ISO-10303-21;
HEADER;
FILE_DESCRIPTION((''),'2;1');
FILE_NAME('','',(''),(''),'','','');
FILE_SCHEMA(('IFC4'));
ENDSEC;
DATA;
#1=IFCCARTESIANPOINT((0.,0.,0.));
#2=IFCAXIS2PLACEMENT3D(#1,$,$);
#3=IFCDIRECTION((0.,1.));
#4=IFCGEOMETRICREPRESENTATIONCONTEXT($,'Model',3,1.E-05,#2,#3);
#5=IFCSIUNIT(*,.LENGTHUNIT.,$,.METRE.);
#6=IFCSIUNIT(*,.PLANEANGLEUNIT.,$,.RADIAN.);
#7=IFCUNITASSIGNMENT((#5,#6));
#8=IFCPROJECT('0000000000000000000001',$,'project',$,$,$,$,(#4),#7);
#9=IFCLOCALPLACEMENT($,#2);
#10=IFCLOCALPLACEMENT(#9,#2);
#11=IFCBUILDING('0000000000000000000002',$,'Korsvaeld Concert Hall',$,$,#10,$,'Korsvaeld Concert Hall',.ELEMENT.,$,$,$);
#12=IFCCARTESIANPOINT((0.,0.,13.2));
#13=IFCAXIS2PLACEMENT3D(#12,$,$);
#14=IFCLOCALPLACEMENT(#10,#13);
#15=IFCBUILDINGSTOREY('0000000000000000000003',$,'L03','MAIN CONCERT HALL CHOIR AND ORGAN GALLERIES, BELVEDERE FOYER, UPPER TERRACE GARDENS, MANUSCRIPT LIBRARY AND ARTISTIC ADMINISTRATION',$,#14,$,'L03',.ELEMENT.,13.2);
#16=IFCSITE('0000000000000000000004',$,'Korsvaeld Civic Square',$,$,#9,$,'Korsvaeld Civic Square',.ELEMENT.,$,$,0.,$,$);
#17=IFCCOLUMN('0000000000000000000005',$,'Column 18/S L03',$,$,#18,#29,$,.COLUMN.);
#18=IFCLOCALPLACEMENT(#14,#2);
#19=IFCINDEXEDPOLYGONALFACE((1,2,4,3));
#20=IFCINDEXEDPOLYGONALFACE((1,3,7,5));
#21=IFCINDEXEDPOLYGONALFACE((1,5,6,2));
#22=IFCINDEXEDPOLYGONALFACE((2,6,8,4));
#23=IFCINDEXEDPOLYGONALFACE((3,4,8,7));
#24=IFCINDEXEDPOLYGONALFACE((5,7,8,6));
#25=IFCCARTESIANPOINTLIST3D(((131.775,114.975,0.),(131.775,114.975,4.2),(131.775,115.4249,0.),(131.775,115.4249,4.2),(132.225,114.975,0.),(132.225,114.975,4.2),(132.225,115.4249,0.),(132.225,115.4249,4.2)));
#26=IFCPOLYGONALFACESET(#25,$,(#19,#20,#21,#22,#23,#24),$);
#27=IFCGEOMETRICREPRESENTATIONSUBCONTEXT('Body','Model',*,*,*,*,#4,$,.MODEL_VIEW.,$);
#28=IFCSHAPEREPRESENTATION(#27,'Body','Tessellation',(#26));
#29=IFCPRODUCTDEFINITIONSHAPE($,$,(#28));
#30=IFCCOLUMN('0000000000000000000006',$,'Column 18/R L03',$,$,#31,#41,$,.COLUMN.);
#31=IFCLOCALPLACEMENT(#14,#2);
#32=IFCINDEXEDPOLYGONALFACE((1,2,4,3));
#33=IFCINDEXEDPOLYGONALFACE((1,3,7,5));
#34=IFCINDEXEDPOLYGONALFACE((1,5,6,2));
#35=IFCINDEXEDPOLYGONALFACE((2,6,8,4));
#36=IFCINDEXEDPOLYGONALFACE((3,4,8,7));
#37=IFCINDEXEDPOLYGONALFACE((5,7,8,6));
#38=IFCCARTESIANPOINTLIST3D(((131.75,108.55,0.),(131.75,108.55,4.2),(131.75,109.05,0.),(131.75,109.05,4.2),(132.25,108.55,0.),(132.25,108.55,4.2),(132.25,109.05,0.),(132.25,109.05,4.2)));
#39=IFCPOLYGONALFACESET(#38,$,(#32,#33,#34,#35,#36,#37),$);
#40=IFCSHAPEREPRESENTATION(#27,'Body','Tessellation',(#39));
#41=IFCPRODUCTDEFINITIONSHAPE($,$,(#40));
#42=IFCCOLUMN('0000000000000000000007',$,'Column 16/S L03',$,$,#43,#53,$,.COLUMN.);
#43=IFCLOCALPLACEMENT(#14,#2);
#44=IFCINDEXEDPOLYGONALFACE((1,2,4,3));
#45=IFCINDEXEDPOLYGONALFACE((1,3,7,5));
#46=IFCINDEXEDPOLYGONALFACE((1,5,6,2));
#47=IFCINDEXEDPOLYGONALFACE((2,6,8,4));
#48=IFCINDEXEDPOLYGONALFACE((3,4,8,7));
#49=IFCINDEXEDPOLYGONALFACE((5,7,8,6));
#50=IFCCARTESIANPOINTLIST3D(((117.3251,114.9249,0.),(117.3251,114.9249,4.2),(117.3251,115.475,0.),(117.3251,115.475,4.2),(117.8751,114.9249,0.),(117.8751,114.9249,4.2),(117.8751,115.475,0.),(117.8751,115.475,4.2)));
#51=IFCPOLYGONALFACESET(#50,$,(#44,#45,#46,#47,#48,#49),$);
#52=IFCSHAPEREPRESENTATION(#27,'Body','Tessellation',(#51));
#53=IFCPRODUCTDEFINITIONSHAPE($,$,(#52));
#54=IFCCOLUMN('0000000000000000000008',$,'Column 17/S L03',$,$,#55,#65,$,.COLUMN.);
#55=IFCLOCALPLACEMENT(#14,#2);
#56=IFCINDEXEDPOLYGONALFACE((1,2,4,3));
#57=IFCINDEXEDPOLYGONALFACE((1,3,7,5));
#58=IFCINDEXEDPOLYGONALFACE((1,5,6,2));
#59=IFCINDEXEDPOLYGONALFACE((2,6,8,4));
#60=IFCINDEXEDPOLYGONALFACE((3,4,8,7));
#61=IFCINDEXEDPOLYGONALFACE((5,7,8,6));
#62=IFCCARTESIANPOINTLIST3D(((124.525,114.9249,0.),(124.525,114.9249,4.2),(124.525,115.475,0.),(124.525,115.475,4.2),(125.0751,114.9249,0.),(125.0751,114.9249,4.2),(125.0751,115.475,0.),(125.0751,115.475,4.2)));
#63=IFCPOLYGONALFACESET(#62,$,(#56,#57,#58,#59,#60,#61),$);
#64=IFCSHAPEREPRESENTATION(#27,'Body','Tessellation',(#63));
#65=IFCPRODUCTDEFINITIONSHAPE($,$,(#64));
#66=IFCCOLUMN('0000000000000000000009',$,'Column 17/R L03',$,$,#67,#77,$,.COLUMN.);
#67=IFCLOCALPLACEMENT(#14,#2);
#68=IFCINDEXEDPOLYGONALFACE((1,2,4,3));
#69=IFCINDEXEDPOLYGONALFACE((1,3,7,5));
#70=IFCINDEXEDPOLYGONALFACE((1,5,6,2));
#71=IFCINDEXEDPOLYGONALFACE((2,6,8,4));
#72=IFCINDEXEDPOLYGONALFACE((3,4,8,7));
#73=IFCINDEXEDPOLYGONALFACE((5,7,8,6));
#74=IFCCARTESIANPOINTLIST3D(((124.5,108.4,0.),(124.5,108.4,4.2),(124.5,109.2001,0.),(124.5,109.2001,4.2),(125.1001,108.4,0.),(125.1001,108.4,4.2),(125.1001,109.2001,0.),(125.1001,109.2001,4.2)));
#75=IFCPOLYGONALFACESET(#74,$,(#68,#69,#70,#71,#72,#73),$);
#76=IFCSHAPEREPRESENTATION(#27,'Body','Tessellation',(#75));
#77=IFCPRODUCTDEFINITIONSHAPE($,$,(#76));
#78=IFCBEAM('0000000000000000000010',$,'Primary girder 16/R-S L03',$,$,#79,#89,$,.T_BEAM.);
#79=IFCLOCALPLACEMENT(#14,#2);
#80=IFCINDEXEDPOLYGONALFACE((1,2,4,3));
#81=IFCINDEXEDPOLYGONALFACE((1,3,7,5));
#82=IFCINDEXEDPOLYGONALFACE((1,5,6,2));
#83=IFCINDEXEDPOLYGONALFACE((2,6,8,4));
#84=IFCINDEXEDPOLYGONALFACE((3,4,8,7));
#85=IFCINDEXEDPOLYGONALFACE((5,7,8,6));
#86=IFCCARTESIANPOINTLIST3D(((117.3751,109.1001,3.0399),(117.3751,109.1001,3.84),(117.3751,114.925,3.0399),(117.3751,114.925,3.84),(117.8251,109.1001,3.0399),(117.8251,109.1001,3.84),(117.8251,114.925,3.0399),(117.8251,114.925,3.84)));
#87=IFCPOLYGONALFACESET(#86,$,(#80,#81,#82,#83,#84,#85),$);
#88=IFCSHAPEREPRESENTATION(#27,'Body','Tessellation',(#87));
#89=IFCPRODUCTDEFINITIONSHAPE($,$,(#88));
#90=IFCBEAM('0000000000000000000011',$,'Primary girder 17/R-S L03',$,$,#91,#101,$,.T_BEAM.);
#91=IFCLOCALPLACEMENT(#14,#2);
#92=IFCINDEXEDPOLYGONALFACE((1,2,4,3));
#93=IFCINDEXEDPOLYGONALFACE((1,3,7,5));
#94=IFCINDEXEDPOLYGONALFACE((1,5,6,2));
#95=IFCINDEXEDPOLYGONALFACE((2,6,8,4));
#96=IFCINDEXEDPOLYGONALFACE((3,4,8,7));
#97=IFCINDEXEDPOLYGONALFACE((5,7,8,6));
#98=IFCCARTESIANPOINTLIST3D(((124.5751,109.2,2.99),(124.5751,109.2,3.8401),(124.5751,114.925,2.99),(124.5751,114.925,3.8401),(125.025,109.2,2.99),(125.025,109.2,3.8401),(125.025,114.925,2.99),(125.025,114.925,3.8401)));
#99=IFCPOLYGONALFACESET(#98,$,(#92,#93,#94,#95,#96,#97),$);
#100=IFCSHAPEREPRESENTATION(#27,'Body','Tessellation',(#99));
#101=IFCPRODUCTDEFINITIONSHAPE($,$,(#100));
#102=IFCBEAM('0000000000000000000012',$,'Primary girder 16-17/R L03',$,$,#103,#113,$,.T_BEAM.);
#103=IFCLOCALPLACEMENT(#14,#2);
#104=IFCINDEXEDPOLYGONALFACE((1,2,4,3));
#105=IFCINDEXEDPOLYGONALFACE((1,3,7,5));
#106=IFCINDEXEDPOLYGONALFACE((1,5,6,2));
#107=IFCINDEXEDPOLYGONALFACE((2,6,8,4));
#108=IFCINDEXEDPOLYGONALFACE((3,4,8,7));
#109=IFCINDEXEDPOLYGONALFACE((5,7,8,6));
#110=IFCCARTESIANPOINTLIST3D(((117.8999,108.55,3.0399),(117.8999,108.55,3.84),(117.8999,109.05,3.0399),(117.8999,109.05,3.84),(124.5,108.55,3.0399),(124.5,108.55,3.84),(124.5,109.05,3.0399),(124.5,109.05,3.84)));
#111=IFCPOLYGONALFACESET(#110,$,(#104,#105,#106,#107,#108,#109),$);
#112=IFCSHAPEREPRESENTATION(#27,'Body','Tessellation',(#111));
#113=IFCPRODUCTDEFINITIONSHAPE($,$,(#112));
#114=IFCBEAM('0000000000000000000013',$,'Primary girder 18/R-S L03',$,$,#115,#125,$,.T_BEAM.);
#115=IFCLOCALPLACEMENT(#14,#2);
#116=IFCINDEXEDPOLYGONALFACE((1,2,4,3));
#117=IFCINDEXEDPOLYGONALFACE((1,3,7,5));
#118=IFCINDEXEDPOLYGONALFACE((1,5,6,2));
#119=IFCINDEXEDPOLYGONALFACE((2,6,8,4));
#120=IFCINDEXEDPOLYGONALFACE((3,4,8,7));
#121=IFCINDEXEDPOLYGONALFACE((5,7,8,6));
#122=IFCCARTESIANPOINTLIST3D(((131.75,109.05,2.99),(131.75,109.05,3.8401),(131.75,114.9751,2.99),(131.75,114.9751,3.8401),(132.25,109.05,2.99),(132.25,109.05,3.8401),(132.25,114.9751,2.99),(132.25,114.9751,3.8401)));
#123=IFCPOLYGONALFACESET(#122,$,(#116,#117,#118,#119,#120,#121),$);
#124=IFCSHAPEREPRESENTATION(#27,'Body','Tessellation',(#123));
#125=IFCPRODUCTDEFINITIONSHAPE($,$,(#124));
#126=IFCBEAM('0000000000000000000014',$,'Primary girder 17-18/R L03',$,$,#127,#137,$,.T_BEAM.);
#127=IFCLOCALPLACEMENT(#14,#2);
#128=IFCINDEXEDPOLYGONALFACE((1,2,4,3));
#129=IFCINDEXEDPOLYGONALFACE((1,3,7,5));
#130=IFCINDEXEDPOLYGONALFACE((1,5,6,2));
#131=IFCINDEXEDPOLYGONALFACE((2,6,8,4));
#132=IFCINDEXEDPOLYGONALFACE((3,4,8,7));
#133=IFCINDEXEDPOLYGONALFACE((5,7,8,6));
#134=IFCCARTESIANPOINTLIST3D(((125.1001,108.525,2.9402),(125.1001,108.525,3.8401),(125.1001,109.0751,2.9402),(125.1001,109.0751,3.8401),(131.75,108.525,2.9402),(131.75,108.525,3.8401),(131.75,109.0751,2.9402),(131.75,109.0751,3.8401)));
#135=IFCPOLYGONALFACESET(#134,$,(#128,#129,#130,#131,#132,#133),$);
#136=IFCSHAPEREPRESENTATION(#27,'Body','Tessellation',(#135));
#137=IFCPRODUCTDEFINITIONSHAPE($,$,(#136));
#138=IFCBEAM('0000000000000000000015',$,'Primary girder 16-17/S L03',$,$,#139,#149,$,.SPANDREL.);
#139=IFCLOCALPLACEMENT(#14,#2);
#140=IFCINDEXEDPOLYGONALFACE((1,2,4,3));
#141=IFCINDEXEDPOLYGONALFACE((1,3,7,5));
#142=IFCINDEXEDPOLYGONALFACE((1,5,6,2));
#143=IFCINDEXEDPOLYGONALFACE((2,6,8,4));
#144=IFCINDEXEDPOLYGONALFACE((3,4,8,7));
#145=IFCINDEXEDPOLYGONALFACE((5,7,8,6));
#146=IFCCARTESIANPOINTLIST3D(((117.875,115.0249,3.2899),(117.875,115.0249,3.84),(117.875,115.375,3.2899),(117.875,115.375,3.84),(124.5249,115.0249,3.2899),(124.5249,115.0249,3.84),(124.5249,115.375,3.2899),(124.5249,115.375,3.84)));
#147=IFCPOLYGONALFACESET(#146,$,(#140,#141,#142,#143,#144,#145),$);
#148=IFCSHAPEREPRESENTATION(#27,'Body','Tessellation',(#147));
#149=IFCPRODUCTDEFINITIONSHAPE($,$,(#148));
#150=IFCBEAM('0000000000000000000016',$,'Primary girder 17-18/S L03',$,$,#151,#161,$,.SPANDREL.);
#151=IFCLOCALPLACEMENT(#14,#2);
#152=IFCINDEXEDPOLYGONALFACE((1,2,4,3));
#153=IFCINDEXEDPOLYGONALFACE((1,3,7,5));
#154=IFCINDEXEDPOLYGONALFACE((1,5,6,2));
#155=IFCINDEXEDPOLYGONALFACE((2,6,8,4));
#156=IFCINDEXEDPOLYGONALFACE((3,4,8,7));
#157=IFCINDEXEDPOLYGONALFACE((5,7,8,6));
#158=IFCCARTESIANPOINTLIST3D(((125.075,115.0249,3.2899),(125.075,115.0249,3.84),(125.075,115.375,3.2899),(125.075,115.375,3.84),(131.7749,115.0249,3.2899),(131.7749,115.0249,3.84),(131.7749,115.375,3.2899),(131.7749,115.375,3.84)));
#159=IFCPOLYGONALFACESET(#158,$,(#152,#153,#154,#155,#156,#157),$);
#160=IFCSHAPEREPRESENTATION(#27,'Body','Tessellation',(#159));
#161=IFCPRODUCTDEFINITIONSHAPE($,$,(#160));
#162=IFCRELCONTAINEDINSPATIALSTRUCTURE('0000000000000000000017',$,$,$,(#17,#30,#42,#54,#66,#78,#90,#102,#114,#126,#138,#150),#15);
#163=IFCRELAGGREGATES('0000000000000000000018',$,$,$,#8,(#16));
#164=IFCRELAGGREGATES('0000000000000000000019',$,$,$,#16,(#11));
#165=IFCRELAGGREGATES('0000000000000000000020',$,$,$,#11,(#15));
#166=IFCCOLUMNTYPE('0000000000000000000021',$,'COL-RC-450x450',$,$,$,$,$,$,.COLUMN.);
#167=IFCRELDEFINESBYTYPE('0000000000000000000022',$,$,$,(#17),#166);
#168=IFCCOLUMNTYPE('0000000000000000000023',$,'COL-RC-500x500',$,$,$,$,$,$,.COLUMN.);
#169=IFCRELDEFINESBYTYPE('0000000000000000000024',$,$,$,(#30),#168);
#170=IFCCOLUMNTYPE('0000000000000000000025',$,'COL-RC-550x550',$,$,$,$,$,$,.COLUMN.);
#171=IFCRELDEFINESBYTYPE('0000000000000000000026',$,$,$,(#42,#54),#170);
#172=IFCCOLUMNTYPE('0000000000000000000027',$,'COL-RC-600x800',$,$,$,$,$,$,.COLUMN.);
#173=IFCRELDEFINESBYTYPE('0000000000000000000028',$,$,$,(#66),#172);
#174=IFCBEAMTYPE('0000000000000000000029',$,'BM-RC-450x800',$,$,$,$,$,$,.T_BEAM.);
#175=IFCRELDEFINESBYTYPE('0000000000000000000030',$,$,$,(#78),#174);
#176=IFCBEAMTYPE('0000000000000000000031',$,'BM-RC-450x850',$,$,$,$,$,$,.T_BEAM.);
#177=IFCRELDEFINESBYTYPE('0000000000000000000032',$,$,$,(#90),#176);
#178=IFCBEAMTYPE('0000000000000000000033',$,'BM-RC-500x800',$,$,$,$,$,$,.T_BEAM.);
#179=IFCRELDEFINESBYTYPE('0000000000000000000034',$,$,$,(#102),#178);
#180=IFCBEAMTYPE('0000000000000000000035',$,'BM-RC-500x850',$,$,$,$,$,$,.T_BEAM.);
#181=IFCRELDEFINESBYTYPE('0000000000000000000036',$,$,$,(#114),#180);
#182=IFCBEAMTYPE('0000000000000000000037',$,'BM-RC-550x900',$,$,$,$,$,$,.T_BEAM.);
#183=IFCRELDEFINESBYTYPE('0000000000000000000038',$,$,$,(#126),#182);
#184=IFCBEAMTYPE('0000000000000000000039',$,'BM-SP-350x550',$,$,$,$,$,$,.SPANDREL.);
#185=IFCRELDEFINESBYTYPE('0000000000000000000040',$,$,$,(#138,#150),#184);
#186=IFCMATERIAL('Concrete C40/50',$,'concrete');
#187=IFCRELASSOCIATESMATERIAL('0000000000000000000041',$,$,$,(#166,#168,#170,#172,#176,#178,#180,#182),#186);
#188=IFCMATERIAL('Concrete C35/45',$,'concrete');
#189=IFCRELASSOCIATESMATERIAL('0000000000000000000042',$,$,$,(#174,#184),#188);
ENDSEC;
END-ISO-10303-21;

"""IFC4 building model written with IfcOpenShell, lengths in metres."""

from ifc_helpers import new_model, si_unit, direction, frame, origin, origin_2d, place, context, subcontext, project, spatial, rectangle, extrude, material, material_profile, profile_set, type_object, element, save


model = new_model("IFC4")

# Units and contexts
model_context = context("Model", 3, precision=1e-05, world=origin(), true_north=direction((0.0, 1.0)))
body_context = subcontext(model_context, "Body", "Model", "MODEL_VIEW")
ifc_project = project(units=[si_unit("LENGTHUNIT", "METRE"), si_unit("PLANEANGLEUNIT", "RADIAN")], contexts=[model_context])

# Site, building, storey
site_placement = place(None, origin())
site = spatial("IfcSite", under=ifc_project, at=site_placement, Name="Korsvaeld Civic Square", LongName="Korsvaeld Civic Square", CompositionType="ELEMENT", RefElevation=0.0)
building_placement = place(site_placement, origin())
building = spatial("IfcBuilding", under=site, at=building_placement, Name="Korsvaeld Concert Hall", LongName="Korsvaeld Concert Hall", CompositionType="ELEMENT")
storey_placement = place(building_placement, frame((0.0, 0.0, 13.2)))
storey = spatial("IfcBuildingStorey", under=building, at=storey_placement, Name="L03", Description="MAIN CONCERT HALL CHOIR AND ORGAN GALLERIES, BELVEDERE FOYER, UPPER TERRACE GARDENS, MANUSCRIPT LIBRARY AND ARTISTIC ADMINISTRATION", LongName="L03", CompositionType="ELEMENT", Elevation=13.2)

# Columns
ifc_material_1 = material(Name="Concrete C40/50", Category="concrete")
ifc_material_profile_1 = material_profile(ifc_material_1, rectangle(XDim=0.45, YDim=0.45, at=origin_2d()), Name="RC 450x450")
ifc_profile_set_1 = profile_set([ifc_material_profile_1], Name="Concrete C40/50")
column_type_1 = type_object("IfcColumnType", Name="COL-RC-450x450", PredefinedType="COLUMN", material=ifc_profile_set_1)
column_1_placement = place(storey_placement, frame((132.0, 115.2, 0.0), z_axis=(0.0, 0.0, 1.0), x_axis=(1.0, 0.0, 0.0)))
element("IfcColumn", 1, at=column_1_placement, inside=storey, type_object=column_type_1, Name="Column 18/S L03", PredefinedType="COLUMN", context=body_context, shape_type="SweptSolid", body=[
    extrude(rectangle(XDim=0.45, YDim=0.45, at=origin_2d()), origin(), (0.0, 0.0, 1.0), 4.2),
])
ifc_material_profile_2 = material_profile(ifc_material_1, rectangle(XDim=0.5, YDim=0.5, at=origin_2d()), Name="RC 500x500")
ifc_profile_set_2 = profile_set([ifc_material_profile_2], Name="Concrete C40/50")
column_type_2 = type_object("IfcColumnType", Name="COL-RC-500x500", PredefinedType="COLUMN", material=ifc_profile_set_2)
column_2_placement = place(storey_placement, frame((132.0, 108.8, 0.0), z_axis=(0.0, 0.0, 1.0), x_axis=(1.0, 0.0, 0.0)))
element("IfcColumn", 2, at=column_2_placement, inside=storey, type_object=column_type_2, Name="Column 18/R L03", PredefinedType="COLUMN", context=body_context, shape_type="SweptSolid", body=[
    extrude(rectangle(XDim=0.5, YDim=0.5, at=origin_2d()), origin(), (0.0, 0.0, 1.0), 4.2),
])
ifc_material_profile_3 = material_profile(ifc_material_1, rectangle(XDim=0.55, YDim=0.55, at=origin_2d()), Name="RC 550x550")
ifc_profile_set_3 = profile_set([ifc_material_profile_3], Name="Concrete C40/50")
column_type_3 = type_object("IfcColumnType", Name="COL-RC-550x550", PredefinedType="COLUMN", material=ifc_profile_set_3)
for number, where, z_axis, x_axis, name in (
    (3, (117.6001, 115.2, 0.0), (0.0, 0.0, 1.0), (1.0, 0.0, 0.0), "Column 16/S L03"),
    (4, (124.8, 115.2, 0.0), (0.0, 0.0, 1.0), (1.0, 0.0, 0.0), "Column 17/S L03"),
):
    element("IfcColumn", number, at=place(storey_placement, frame(where, z_axis=z_axis, x_axis=x_axis)), inside=storey, type_object=column_type_3, Name=name, PredefinedType="COLUMN", context=body_context, shape_type="SweptSolid", body=[
        extrude(rectangle(XDim=0.55, YDim=0.55, at=origin_2d()), origin(), (0.0, 0.0, 1.0), 4.2),
    ])
ifc_material_profile_4 = material_profile(ifc_material_1, rectangle(XDim=0.6001, YDim=0.8, at=origin_2d()), Name="RC 600x800")
ifc_profile_set_4 = profile_set([ifc_material_profile_4], Name="Concrete C40/50")
column_type_4 = type_object("IfcColumnType", Name="COL-RC-600x800", PredefinedType="COLUMN", material=ifc_profile_set_4)
column_3_placement = place(storey_placement, frame((124.8, 108.8, 0.0), z_axis=(0.0, 0.0, 1.0), x_axis=(1.0, 0.0, 0.0)))
element("IfcColumn", 5, at=column_3_placement, inside=storey, type_object=column_type_4, Name="Column 17/R L03", PredefinedType="COLUMN", context=body_context, shape_type="SweptSolid", body=[
    extrude(rectangle(XDim=0.6001, YDim=0.8, at=origin_2d()), origin(), (0.0, 0.0, 1.0), 4.2),
])

# Beams
ifc_material_2 = material(Name="Concrete C35/45", Category="concrete")
ifc_material_profile_5 = material_profile(ifc_material_2, rectangle(XDim=0.45, YDim=0.8, at=origin_2d()), Name="RC 450x800")
ifc_profile_set_5 = profile_set([ifc_material_profile_5], Name="Concrete C35/45")
beam_type_1 = type_object("IfcBeamType", Name="BM-RC-450x800", PredefinedType="T_BEAM", material=ifc_profile_set_5)
beam_1_placement = place(storey_placement, frame((117.6001, 109.1001, 3.4399), z_axis=(0.0, 1.0, 0.0), x_axis=(-1.0, 0.0, 0.0)))
element("IfcBeam", 6, at=beam_1_placement, inside=storey, type_object=beam_type_1, Name="Primary girder 16/R-S L03", PredefinedType="T_BEAM", context=body_context, shape_type="SweptSolid", body=[
    extrude(rectangle(XDim=0.45, YDim=0.8, at=origin_2d()), origin(), (0.0, 0.0, 1.0), 5.825),
])
ifc_material_profile_6 = material_profile(ifc_material_1, rectangle(XDim=0.45, YDim=0.8501, at=origin_2d()), Name="RC 450x850")
ifc_profile_set_6 = profile_set([ifc_material_profile_6], Name="Concrete C40/50")
beam_type_2 = type_object("IfcBeamType", Name="BM-RC-450x850", PredefinedType="T_BEAM", material=ifc_profile_set_6)
beam_2_placement = place(storey_placement, frame((124.8, 109.2, 3.415), z_axis=(0.0, 1.0, 0.0), x_axis=(-1.0, 0.0, 0.0)))
element("IfcBeam", 7, at=beam_2_placement, inside=storey, type_object=beam_type_2, Name="Primary girder 17/R-S L03", PredefinedType="T_BEAM", context=body_context, shape_type="SweptSolid", body=[
    extrude(rectangle(XDim=0.45, YDim=0.8501, at=origin_2d()), origin(), (0.0, 0.0, 1.0), 5.7251),
])
ifc_material_profile_7 = material_profile(ifc_material_1, rectangle(XDim=0.5, YDim=0.8, at=origin_2d()), Name="RC 500x800")
ifc_profile_set_7 = profile_set([ifc_material_profile_7], Name="Concrete C40/50")
beam_type_3 = type_object("IfcBeamType", Name="BM-RC-500x800", PredefinedType="T_BEAM", material=ifc_profile_set_7)
beam_3_placement = place(storey_placement, frame((117.8999, 108.8, 3.4399), z_axis=(1.0, 0.0, 0.0), x_axis=(0.0, 1.0, 0.0)))
element("IfcBeam", 8, at=beam_3_placement, inside=storey, type_object=beam_type_3, Name="Primary girder 16-17/R L03", PredefinedType="T_BEAM", context=body_context, shape_type="SweptSolid", body=[
    extrude(rectangle(XDim=0.5, YDim=0.8, at=origin_2d()), origin(), (0.0, 0.0, 1.0), 6.6001),
])
ifc_material_profile_8 = material_profile(ifc_material_1, rectangle(XDim=0.5, YDim=0.8501, at=origin_2d()), Name="RC 500x850")
ifc_profile_set_8 = profile_set([ifc_material_profile_8], Name="Concrete C40/50")
beam_type_4 = type_object("IfcBeamType", Name="BM-RC-500x850", PredefinedType="T_BEAM", material=ifc_profile_set_8)
beam_4_placement = place(storey_placement, frame((132.0, 109.05, 3.415), z_axis=(0.0, 1.0, 0.0), x_axis=(-1.0, 0.0, 0.0)))
element("IfcBeam", 9, at=beam_4_placement, inside=storey, type_object=beam_type_4, Name="Primary girder 18/R-S L03", PredefinedType="T_BEAM", context=body_context, shape_type="SweptSolid", body=[
    extrude(rectangle(XDim=0.5, YDim=0.8501, at=origin_2d()), origin(), (0.0, 0.0, 1.0), 5.925),
])
ifc_material_profile_9 = material_profile(ifc_material_1, rectangle(XDim=0.55, YDim=0.8999, at=origin_2d()), Name="RC 550x900")
ifc_profile_set_9 = profile_set([ifc_material_profile_9], Name="Concrete C40/50")
beam_type_5 = type_object("IfcBeamType", Name="BM-RC-550x900", PredefinedType="T_BEAM", material=ifc_profile_set_9)
beam_5_placement = place(storey_placement, frame((125.1001, 108.8, 3.3901), z_axis=(1.0, 0.0, 0.0), x_axis=(0.0, 1.0, 0.0)))
element("IfcBeam", 10, at=beam_5_placement, inside=storey, type_object=beam_type_5, Name="Primary girder 17-18/R L03", PredefinedType="T_BEAM", context=body_context, shape_type="SweptSolid", body=[
    extrude(rectangle(XDim=0.55, YDim=0.8999, at=origin_2d()), origin(), (0.0, 0.0, 1.0), 6.6499),
])
ifc_material_profile_10 = material_profile(ifc_material_2, rectangle(XDim=0.3501, YDim=0.55, at=origin_2d()), Name="RC 350x550")
ifc_profile_set_10 = profile_set([ifc_material_profile_10], Name="Concrete C35/45")
beam_type_6 = type_object("IfcBeamType", Name="BM-SP-350x550", PredefinedType="SPANDREL", material=ifc_profile_set_10)
beam_6_placement = place(storey_placement, frame((117.875, 115.2, 3.5649), z_axis=(1.0, 0.0, 0.0), x_axis=(0.0, 1.0, 0.0)))
element("IfcBeam", 11, at=beam_6_placement, inside=storey, type_object=beam_type_6, Name="Primary girder 16-17/S L03", PredefinedType="SPANDREL", context=body_context, shape_type="SweptSolid", body=[
    extrude(rectangle(XDim=0.3501, YDim=0.55, at=origin_2d()), origin(), (0.0, 0.0, 1.0), 6.6499),
])
beam_7_placement = place(storey_placement, frame((125.075, 115.2, 3.5649), z_axis=(1.0, 0.0, 0.0), x_axis=(0.0, 1.0, 0.0)))
element("IfcBeam", 12, at=beam_7_placement, inside=storey, type_object=beam_type_6, Name="Primary girder 17-18/S L03", PredefinedType="SPANDREL", context=body_context, shape_type="SweptSolid", body=[
    extrude(rectangle(XDim=0.3501, YDim=0.55, at=origin_2d()), origin(), (0.0, 0.0, 1.0), 6.7),
])

save(model, "model.ifc")
